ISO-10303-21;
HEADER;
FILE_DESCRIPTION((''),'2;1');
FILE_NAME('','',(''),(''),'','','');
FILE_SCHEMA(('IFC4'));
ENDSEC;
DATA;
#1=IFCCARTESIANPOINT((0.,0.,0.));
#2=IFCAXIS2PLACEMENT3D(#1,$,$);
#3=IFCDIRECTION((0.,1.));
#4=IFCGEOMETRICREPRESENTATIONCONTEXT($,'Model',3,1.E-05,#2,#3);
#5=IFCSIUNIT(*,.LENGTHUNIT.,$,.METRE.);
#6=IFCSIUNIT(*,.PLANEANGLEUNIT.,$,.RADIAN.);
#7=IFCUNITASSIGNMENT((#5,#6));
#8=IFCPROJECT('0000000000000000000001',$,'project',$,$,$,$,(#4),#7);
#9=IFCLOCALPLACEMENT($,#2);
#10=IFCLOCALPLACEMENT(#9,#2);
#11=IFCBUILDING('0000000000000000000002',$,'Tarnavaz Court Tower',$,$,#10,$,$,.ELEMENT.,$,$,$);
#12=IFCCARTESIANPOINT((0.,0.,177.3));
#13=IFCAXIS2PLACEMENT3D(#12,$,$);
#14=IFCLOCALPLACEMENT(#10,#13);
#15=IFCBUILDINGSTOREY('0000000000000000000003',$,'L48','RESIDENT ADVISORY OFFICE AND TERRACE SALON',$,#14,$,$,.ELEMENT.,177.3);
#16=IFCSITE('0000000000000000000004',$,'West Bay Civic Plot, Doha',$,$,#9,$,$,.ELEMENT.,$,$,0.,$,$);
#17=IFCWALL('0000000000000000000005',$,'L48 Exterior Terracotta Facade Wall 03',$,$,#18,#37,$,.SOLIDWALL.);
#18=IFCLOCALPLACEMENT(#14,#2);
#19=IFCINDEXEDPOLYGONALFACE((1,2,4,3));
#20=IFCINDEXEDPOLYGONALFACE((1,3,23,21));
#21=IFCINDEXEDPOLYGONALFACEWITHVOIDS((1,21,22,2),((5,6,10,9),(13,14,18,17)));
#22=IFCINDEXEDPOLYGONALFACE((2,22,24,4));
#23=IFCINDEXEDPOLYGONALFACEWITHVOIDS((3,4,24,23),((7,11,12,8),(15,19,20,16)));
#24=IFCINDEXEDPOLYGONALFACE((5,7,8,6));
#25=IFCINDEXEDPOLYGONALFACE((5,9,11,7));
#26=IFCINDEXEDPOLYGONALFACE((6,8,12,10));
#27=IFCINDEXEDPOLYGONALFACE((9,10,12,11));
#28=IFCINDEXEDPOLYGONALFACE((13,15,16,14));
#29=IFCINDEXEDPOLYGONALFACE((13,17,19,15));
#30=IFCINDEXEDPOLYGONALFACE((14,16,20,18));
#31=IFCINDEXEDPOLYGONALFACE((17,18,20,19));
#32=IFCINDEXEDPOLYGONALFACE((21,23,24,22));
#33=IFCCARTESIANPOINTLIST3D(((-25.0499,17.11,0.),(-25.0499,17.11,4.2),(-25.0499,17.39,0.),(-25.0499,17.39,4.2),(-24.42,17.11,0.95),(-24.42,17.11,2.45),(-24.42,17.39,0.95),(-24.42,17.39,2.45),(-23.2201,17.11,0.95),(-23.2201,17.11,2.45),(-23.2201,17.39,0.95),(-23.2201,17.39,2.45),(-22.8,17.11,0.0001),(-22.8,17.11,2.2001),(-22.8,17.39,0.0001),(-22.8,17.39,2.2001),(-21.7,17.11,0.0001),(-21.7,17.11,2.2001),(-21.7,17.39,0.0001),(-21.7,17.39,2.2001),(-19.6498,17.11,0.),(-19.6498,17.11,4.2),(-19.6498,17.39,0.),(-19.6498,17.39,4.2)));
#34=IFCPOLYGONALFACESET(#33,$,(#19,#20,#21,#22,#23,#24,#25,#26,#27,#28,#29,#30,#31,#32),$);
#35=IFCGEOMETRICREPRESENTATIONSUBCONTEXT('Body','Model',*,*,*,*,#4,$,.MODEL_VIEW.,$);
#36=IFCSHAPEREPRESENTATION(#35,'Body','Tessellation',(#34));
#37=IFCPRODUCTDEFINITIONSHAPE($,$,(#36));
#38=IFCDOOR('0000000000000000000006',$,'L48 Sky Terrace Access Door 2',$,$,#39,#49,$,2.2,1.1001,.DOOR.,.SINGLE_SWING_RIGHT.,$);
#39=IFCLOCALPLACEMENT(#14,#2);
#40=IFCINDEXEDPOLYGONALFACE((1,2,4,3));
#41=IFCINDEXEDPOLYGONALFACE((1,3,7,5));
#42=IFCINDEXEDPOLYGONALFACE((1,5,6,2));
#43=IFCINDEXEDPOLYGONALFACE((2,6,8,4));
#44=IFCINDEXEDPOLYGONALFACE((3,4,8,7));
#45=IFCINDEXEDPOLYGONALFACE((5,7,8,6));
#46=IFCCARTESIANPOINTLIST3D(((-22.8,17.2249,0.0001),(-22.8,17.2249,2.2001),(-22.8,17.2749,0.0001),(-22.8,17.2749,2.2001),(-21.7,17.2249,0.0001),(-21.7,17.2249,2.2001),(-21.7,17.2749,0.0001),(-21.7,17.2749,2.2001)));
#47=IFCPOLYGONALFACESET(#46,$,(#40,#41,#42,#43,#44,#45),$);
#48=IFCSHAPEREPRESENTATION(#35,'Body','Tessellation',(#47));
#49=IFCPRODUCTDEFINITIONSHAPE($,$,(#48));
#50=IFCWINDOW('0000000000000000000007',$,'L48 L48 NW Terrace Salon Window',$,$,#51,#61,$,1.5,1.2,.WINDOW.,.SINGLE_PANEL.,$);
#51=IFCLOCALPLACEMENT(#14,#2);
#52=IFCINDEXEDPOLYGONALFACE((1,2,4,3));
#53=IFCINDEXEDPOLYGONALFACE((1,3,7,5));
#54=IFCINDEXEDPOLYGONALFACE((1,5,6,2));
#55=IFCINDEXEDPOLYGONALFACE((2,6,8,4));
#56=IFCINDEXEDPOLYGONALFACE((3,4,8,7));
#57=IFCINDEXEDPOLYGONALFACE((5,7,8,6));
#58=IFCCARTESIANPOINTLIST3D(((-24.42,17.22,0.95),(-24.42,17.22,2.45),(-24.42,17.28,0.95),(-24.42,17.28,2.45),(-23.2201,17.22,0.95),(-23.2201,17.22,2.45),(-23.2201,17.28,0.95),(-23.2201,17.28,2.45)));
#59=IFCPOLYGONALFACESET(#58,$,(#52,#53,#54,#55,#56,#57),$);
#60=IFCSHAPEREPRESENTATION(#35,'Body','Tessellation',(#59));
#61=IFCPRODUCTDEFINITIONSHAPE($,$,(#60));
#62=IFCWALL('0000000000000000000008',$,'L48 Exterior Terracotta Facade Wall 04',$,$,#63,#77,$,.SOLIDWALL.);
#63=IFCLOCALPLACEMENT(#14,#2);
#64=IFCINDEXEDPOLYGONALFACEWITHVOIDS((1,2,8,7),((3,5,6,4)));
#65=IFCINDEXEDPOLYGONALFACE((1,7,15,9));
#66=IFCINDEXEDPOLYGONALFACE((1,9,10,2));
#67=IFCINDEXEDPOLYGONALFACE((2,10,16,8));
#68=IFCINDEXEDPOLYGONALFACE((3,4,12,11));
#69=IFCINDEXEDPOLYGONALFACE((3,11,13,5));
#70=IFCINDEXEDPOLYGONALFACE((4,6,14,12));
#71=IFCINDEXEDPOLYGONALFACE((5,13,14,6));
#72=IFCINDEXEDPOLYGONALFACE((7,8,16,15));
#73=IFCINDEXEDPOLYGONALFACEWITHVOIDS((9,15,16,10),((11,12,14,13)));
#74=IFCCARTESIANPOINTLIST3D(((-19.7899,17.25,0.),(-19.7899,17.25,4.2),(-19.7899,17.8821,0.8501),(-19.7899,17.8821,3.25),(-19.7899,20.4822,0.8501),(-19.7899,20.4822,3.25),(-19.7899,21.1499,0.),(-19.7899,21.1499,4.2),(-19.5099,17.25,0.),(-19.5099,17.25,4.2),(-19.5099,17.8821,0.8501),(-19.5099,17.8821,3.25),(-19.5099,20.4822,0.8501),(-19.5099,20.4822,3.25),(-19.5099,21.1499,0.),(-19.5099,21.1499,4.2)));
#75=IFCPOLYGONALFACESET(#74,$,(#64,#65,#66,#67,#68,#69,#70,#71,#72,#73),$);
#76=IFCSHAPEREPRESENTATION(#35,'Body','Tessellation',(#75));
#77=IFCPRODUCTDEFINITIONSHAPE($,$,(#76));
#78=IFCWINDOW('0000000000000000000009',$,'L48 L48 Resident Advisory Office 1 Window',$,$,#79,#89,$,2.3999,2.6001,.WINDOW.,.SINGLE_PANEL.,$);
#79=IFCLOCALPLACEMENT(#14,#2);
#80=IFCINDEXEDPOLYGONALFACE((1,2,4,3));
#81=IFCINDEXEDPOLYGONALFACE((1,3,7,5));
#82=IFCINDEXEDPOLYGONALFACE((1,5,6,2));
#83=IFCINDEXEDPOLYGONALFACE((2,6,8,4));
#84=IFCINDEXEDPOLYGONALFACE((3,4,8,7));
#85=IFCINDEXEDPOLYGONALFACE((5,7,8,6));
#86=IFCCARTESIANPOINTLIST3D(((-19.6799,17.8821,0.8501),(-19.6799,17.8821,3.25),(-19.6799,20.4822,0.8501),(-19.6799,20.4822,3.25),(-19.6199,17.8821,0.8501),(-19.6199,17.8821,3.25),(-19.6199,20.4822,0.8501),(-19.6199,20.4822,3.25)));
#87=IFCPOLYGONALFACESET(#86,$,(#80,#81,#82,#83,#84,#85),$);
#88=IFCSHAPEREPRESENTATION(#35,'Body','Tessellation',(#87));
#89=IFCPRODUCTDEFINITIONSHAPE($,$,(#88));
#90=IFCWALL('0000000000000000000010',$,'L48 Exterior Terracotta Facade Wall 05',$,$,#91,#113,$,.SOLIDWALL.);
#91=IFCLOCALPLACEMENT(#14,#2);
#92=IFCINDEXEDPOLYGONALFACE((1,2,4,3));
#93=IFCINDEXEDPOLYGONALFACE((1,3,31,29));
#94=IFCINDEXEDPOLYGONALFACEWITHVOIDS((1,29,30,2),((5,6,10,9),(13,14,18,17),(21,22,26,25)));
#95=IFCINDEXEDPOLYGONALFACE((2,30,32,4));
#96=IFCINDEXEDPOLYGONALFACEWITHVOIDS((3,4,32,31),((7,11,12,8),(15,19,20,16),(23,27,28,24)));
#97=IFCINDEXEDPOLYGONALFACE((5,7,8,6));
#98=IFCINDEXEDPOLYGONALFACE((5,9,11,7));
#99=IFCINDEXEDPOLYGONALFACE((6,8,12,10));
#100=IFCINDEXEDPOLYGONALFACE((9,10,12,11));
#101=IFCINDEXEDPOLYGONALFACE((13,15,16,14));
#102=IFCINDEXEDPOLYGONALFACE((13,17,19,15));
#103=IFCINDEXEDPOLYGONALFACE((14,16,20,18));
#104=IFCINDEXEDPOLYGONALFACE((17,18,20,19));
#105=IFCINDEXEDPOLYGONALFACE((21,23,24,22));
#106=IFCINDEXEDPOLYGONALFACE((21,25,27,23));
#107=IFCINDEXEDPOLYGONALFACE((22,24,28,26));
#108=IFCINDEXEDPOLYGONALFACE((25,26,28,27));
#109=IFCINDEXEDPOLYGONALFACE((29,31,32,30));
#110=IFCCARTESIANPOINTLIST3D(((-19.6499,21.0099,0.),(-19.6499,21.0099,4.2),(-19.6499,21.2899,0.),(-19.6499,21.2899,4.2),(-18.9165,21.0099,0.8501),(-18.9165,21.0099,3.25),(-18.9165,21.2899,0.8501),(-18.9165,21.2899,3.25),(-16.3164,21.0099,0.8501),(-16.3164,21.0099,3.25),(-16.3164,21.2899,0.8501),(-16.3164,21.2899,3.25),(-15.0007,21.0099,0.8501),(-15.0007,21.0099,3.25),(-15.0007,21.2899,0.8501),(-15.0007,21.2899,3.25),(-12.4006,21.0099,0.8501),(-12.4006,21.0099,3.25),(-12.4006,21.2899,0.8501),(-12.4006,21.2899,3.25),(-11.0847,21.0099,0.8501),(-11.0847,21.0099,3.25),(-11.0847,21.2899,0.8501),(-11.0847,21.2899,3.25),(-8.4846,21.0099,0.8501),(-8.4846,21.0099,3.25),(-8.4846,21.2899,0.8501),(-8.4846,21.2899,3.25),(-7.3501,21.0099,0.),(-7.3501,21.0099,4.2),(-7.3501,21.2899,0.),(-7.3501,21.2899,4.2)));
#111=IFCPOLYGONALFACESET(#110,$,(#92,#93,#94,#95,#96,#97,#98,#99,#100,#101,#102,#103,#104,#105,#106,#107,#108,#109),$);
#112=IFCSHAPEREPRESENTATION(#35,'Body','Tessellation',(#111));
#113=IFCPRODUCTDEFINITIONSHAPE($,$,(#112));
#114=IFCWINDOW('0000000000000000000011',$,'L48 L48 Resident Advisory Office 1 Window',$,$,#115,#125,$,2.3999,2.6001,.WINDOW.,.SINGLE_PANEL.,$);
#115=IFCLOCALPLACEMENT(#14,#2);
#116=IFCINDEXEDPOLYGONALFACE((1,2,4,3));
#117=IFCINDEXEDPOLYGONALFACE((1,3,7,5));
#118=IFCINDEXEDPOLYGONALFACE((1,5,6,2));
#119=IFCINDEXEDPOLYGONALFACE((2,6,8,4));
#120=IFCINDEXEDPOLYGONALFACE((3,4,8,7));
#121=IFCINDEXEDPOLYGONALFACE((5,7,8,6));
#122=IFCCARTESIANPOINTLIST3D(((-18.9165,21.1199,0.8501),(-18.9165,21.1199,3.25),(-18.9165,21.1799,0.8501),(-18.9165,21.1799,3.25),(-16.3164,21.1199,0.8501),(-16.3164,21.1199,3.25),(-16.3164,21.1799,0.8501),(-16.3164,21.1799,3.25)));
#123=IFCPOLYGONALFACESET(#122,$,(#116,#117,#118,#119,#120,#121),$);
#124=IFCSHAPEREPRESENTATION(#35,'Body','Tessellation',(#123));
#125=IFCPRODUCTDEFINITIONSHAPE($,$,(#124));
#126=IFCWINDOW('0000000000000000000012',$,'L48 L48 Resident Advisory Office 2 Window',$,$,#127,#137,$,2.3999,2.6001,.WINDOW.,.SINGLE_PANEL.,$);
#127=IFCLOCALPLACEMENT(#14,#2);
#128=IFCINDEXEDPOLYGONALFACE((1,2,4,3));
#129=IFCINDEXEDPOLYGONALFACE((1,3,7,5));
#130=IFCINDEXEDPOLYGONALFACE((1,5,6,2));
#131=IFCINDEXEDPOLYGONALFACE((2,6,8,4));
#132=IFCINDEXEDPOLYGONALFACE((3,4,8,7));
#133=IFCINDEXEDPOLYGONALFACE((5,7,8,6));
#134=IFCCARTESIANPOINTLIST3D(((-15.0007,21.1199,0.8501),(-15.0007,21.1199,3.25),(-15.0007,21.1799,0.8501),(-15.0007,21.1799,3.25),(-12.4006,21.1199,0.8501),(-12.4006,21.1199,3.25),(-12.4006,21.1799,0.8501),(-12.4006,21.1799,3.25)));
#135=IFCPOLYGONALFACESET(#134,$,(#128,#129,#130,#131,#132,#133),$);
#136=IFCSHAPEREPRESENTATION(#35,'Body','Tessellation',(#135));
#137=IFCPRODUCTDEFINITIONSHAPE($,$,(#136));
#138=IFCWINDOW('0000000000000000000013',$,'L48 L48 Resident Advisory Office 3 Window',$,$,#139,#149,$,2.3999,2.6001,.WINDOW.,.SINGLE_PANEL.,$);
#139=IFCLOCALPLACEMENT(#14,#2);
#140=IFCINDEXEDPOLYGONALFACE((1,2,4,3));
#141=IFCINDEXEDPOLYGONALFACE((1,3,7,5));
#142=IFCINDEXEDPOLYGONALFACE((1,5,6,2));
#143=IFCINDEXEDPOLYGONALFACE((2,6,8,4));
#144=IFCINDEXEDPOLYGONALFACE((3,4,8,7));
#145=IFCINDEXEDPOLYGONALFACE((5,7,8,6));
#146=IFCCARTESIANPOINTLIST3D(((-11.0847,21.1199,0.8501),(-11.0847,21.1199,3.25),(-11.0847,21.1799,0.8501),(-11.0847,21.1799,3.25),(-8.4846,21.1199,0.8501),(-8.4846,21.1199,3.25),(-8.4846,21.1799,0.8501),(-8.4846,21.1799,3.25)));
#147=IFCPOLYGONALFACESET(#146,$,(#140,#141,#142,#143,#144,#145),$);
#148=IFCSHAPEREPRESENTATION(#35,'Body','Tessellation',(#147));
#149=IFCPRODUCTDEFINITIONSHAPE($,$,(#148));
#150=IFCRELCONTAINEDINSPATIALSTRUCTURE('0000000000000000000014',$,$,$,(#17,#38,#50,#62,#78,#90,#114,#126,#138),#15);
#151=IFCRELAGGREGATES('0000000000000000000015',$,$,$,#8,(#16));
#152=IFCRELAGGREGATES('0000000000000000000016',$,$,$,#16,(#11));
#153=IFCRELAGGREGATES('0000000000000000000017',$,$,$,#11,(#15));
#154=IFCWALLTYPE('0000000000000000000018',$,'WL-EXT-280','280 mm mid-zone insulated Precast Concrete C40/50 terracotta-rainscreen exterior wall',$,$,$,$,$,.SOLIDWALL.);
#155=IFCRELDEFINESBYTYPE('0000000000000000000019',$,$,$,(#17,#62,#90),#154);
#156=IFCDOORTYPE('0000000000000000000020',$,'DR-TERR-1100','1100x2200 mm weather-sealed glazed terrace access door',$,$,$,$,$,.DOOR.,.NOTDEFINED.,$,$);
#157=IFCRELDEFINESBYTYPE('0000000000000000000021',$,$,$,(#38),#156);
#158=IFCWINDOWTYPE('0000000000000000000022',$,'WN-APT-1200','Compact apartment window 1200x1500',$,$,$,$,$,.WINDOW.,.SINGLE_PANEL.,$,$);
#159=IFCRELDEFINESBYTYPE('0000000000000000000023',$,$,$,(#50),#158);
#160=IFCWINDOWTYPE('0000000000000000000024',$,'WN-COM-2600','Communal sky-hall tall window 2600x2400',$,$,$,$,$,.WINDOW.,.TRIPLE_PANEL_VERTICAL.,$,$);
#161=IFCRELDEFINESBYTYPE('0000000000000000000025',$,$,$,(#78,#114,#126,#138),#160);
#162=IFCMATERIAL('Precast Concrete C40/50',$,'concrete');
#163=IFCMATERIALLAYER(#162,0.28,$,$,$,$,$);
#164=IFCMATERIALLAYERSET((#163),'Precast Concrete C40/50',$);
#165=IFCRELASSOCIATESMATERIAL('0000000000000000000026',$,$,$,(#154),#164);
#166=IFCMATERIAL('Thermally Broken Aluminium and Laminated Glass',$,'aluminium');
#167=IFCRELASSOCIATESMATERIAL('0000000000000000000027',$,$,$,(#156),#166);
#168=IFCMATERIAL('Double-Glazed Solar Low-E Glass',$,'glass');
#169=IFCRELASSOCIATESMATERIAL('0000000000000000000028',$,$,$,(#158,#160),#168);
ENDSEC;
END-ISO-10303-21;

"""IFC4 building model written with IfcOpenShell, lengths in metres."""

from ifc_helpers import new_model, si_unit, direction, frame, frame_2d, origin, place, context, subcontext, project, spatial, rectangle, extrude, material, layer, layer_set, type_object, element, fill, save


model = new_model("IFC4")

# Units and contexts
model_context = context("Model", 3, precision=1e-05, world=origin(), true_north=direction((0.0, 1.0)))
body_context = subcontext(model_context, "Body", "Model", "MODEL_VIEW")
ifc_project = project(units=[si_unit("LENGTHUNIT", "METRE"), si_unit("PLANEANGLEUNIT", "RADIAN")], contexts=[model_context])

# Site, building, storey
site_placement = place(None, origin())
site = spatial("IfcSite", under=ifc_project, at=site_placement, Name="West Bay Civic Plot, Doha", CompositionType="ELEMENT", RefElevation=0.0)
building_placement = place(site_placement, origin())
building = spatial("IfcBuilding", under=site, at=building_placement, Name="Tarnavaz Court Tower", CompositionType="ELEMENT")
storey_placement = place(building_placement, frame((0.0, 0.0, 177.3)))
storey = spatial("IfcBuildingStorey", under=building, at=storey_placement, Name="L48", Description="RESIDENT ADVISORY OFFICE AND TERRACE SALON", CompositionType="ELEMENT", Elevation=177.3)

# Shared definitions
ifc_material_1 = material(Name="Double-Glazed Solar Low-E Glass", Category="glass")

# Wall, openings, door, window
ifc_material_2 = material(Name="Precast Concrete C40/50", Category="concrete")
ifc_layer_1 = layer(ifc_material_2, 0.28)
ifc_layer_set_1 = layer_set([ifc_layer_1], Name="Precast Concrete C40/50")
wall_type_1 = type_object("IfcWallType", Name="WL-EXT-280", Description="280 mm mid-zone insulated Precast Concrete C40/50 terracotta-rainscreen exterior wall", PredefinedType="SOLIDWALL", material=ifc_layer_set_1)
wall_1_placement = place(storey_placement, frame((-25.05, 17.25, 0.0), z_axis=(0.0, 0.0, 1.0), x_axis=(1.0, 0.0, 0.0)))
wall_1 = element("IfcWall", 1, at=wall_1_placement, inside=storey, type_object=wall_type_1, Name="L48 Exterior Terracotta Facade Wall 03", PredefinedType="SOLIDWALL", context=body_context, shape_type="SweptSolid", body=[
    extrude(rectangle(XDim=5.4001, YDim=0.28, at=frame_2d((2.7002, 0.0))), origin(), (0.0, 0.0, 1.0), 4.2),
])
opening_1_placement = place(wall_1_placement, frame((2.25, 0.0, 0.0)))
opening_1 = element("IfcOpeningElement", 2, at=opening_1_placement, cuts=wall_1, PredefinedType="OPENING", context=body_context, shape_type="SweptSolid", body=[
    extrude(rectangle(XDim=1.1001, YDim=2.2, at=frame_2d((0.55, 1.1001))), frame((0.0, 0.1499, 0.0), z_axis=(0.0, -1.0, 0.0), x_axis=(1.0, 0.0, 0.0)), (0.0, 0.0, 1.0), 0.3),
])
opening_2_placement = place(wall_1_placement, frame((0.6299, 0.0, 0.95)))
opening_2 = element("IfcOpeningElement", 3, at=opening_2_placement, cuts=wall_1, PredefinedType="OPENING", context=body_context, shape_type="SweptSolid", body=[
    extrude(rectangle(XDim=1.2, YDim=1.5, at=frame_2d((0.6001, 0.75))), frame((0.0, 0.1499, 0.0), z_axis=(0.0, -1.0, 0.0), x_axis=(1.0, 0.0, 0.0)), (0.0, 0.0, 1.0), 0.3),
])
ifc_material_3 = material(Name="Thermally Broken Aluminium and Laminated Glass", Category="aluminium")
door_type_1 = type_object("IfcDoorType", Name="DR-TERR-1100", Description="1100x2200 mm weather-sealed glazed terrace access door", OperationType="NOTDEFINED", PredefinedType="DOOR", material=ifc_material_3)
door_1_placement = place(opening_1_placement, origin())
door_1 = element("IfcDoor", 4, at=door_1_placement, inside=storey, type_object=door_type_1, Name="L48 Sky Terrace Access Door 2", OperationType="SINGLE_SWING_RIGHT", OverallHeight=2.2, OverallWidth=1.1001, PredefinedType="DOOR", context=body_context, shape_type="SweptSolid", body=[
    extrude(rectangle(XDim=1.1001, YDim=2.2, at=frame_2d((0.55, 1.1001))), frame((0.0, 0.0249, 0.0), z_axis=(0.0, -1.0, 0.0), x_axis=(1.0, 0.0, 0.0)), (0.0, 0.0, 1.0), 0.05),
])
fill(opening_1, door_1)
window_type_1 = type_object("IfcWindowType", Name="WN-APT-1200", Description="Compact apartment window 1200x1500", PartitioningType="SINGLE_PANEL", PredefinedType="WINDOW", material=ifc_material_1)
window_1_placement = place(opening_2_placement, origin())
window_1 = element("IfcWindow", 5, at=window_1_placement, inside=storey, type_object=window_type_1, Name="L48 L48 NW Terrace Salon Window", OverallHeight=1.5, OverallWidth=1.2, PartitioningType="SINGLE_PANEL", PredefinedType="WINDOW", context=body_context, shape_type="SweptSolid", body=[
    extrude(rectangle(XDim=1.2, YDim=1.5, at=frame_2d((0.6001, 0.75))), frame((0.0, 0.03, 0.0), z_axis=(0.0, -1.0, 0.0), x_axis=(1.0, 0.0, 0.0)), (0.0, 0.0, 1.0), 0.0601),
])
fill(opening_2, window_1)

# Wall, opening, window
wall_2_placement = place(storey_placement, frame((-19.6499, 17.25, 0.0), z_axis=(0.0, 0.0, 1.0), x_axis=(0.0, 1.0, 0.0)))
wall_2 = element("IfcWall", 6, at=wall_2_placement, inside=storey, type_object=wall_type_1, Name="L48 Exterior Terracotta Facade Wall 04", PredefinedType="SOLIDWALL", context=body_context, shape_type="SweptSolid", body=[
    extrude(rectangle(XDim=3.8999, YDim=0.28, at=frame_2d((1.95, 0.0))), origin(), (0.0, 0.0, 1.0), 4.2),
])
opening_3_placement = place(wall_2_placement, frame((0.6321, 0.0, 0.8501)))
opening_3 = element("IfcOpeningElement", 7, at=opening_3_placement, cuts=wall_2, PredefinedType="OPENING", context=body_context, shape_type="SweptSolid", body=[
    extrude(rectangle(XDim=2.6001, YDim=2.3999, at=frame_2d((1.3, 1.2))), frame((0.0, 0.1499, 0.0), z_axis=(0.0, -1.0, 0.0), x_axis=(1.0, 0.0, 0.0)), (0.0, 0.0, 1.0), 0.3),
])
window_type_2 = type_object("IfcWindowType", Name="WN-COM-2600", Description="Communal sky-hall tall window 2600x2400", PartitioningType="TRIPLE_PANEL_VERTICAL", PredefinedType="WINDOW", material=ifc_material_1)
window_2_placement = place(opening_3_placement, origin())
window_2 = element("IfcWindow", 8, at=window_2_placement, inside=storey, type_object=window_type_2, Name="L48 L48 Resident Advisory Office 1 Window", OverallHeight=2.3999, OverallWidth=2.6001, PartitioningType="SINGLE_PANEL", PredefinedType="WINDOW", context=body_context, shape_type="SweptSolid", body=[
    extrude(rectangle(XDim=2.6001, YDim=2.3999, at=frame_2d((1.3, 1.2))), frame((0.0, 0.03, 0.0), z_axis=(0.0, -1.0, 0.0), x_axis=(1.0, 0.0, 0.0)), (0.0, 0.0, 1.0), 0.0601),
])
fill(opening_3, window_2)

# Wall, openings, windows
wall_3_placement = place(storey_placement, frame((-19.6499, 21.1499, 0.0), z_axis=(0.0, 0.0, 1.0), x_axis=(1.0, 0.0, 0.0)))
wall_3 = element("IfcWall", 9, at=wall_3_placement, inside=storey, type_object=wall_type_1, Name="L48 Exterior Terracotta Facade Wall 05", PredefinedType="SOLIDWALL", context=body_context, shape_type="SweptSolid", body=[
    extrude(rectangle(XDim=12.2998, YDim=0.28, at=frame_2d((6.1499, 0.0))), origin(), (0.0, 0.0, 1.0), 4.2),
])
opening_4_placement = place(wall_3_placement, frame((0.7334, 0.0, 0.8501)))
opening_4 = element("IfcOpeningElement", 10, at=opening_4_placement, cuts=wall_3, PredefinedType="OPENING", context=body_context, shape_type="SweptSolid", body=[
    extrude(rectangle(XDim=2.6001, YDim=2.3999, at=frame_2d((1.3, 1.2))), frame((0.0, 0.1499, 0.0), z_axis=(0.0, -1.0, 0.0), x_axis=(1.0, 0.0, 0.0)), (0.0, 0.0, 1.0), 0.3),
])
opening_5_placement = place(wall_3_placement, frame((4.6492, 0.0, 0.8501)))
opening_5 = element("IfcOpeningElement", 11, at=opening_5_placement, cuts=wall_3, PredefinedType="OPENING", context=body_context, shape_type="SweptSolid", body=[
    extrude(rectangle(XDim=2.6001, YDim=2.3999, at=frame_2d((1.3, 1.2))), frame((0.0, 0.1499, 0.0), z_axis=(0.0, -1.0, 0.0), x_axis=(1.0, 0.0, 0.0)), (0.0, 0.0, 1.0), 0.3),
])
opening_6_placement = place(wall_3_placement, frame((8.5652, 0.0, 0.8501)))
opening_6 = element("IfcOpeningElement", 12, at=opening_6_placement, cuts=wall_3, PredefinedType="OPENING", context=body_context, shape_type="SweptSolid", body=[
    extrude(rectangle(XDim=2.6001, YDim=2.3999, at=frame_2d((1.3, 1.2))), frame((0.0, 0.1499, 0.0), z_axis=(0.0, -1.0, 0.0), x_axis=(1.0, 0.0, 0.0)), (0.0, 0.0, 1.0), 0.3),
])
window_3_placement = place(opening_4_placement, origin())
window_3 = element("IfcWindow", 13, at=window_3_placement, inside=storey, type_object=window_type_2, Name="L48 L48 Resident Advisory Office 1 Window", OverallHeight=2.3999, OverallWidth=2.6001, PartitioningType="SINGLE_PANEL", PredefinedType="WINDOW", context=body_context, shape_type="SweptSolid", body=[
    extrude(rectangle(XDim=2.6001, YDim=2.3999, at=frame_2d((1.3, 1.2))), frame((0.0, 0.03, 0.0), z_axis=(0.0, -1.0, 0.0), x_axis=(1.0, 0.0, 0.0)), (0.0, 0.0, 1.0), 0.0601),
])
fill(opening_4, window_3)
window_4_placement = place(opening_5_placement, origin())
window_4 = element("IfcWindow", 14, at=window_4_placement, inside=storey, type_object=window_type_2, Name="L48 L48 Resident Advisory Office 2 Window", OverallHeight=2.3999, OverallWidth=2.6001, PartitioningType="SINGLE_PANEL", PredefinedType="WINDOW", context=body_context, shape_type="SweptSolid", body=[
    extrude(rectangle(XDim=2.6001, YDim=2.3999, at=frame_2d((1.3, 1.2))), frame((0.0, 0.03, 0.0), z_axis=(0.0, -1.0, 0.0), x_axis=(1.0, 0.0, 0.0)), (0.0, 0.0, 1.0), 0.0601),
])
fill(opening_5, window_4)
window_5_placement = place(opening_6_placement, origin())
window_5 = element("IfcWindow", 15, at=window_5_placement, inside=storey, type_object=window_type_2, Name="L48 L48 Resident Advisory Office 3 Window", OverallHeight=2.3999, OverallWidth=2.6001, PartitioningType="SINGLE_PANEL", PredefinedType="WINDOW", context=body_context, shape_type="SweptSolid", body=[
    extrude(rectangle(XDim=2.6001, YDim=2.3999, at=frame_2d((1.3, 1.2))), frame((0.0, 0.03, 0.0), z_axis=(0.0, -1.0, 0.0), x_axis=(1.0, 0.0, 0.0)), (0.0, 0.0, 1.0), 0.0601),
])
fill(opening_6, window_5)

save(model, "model.ifc")
